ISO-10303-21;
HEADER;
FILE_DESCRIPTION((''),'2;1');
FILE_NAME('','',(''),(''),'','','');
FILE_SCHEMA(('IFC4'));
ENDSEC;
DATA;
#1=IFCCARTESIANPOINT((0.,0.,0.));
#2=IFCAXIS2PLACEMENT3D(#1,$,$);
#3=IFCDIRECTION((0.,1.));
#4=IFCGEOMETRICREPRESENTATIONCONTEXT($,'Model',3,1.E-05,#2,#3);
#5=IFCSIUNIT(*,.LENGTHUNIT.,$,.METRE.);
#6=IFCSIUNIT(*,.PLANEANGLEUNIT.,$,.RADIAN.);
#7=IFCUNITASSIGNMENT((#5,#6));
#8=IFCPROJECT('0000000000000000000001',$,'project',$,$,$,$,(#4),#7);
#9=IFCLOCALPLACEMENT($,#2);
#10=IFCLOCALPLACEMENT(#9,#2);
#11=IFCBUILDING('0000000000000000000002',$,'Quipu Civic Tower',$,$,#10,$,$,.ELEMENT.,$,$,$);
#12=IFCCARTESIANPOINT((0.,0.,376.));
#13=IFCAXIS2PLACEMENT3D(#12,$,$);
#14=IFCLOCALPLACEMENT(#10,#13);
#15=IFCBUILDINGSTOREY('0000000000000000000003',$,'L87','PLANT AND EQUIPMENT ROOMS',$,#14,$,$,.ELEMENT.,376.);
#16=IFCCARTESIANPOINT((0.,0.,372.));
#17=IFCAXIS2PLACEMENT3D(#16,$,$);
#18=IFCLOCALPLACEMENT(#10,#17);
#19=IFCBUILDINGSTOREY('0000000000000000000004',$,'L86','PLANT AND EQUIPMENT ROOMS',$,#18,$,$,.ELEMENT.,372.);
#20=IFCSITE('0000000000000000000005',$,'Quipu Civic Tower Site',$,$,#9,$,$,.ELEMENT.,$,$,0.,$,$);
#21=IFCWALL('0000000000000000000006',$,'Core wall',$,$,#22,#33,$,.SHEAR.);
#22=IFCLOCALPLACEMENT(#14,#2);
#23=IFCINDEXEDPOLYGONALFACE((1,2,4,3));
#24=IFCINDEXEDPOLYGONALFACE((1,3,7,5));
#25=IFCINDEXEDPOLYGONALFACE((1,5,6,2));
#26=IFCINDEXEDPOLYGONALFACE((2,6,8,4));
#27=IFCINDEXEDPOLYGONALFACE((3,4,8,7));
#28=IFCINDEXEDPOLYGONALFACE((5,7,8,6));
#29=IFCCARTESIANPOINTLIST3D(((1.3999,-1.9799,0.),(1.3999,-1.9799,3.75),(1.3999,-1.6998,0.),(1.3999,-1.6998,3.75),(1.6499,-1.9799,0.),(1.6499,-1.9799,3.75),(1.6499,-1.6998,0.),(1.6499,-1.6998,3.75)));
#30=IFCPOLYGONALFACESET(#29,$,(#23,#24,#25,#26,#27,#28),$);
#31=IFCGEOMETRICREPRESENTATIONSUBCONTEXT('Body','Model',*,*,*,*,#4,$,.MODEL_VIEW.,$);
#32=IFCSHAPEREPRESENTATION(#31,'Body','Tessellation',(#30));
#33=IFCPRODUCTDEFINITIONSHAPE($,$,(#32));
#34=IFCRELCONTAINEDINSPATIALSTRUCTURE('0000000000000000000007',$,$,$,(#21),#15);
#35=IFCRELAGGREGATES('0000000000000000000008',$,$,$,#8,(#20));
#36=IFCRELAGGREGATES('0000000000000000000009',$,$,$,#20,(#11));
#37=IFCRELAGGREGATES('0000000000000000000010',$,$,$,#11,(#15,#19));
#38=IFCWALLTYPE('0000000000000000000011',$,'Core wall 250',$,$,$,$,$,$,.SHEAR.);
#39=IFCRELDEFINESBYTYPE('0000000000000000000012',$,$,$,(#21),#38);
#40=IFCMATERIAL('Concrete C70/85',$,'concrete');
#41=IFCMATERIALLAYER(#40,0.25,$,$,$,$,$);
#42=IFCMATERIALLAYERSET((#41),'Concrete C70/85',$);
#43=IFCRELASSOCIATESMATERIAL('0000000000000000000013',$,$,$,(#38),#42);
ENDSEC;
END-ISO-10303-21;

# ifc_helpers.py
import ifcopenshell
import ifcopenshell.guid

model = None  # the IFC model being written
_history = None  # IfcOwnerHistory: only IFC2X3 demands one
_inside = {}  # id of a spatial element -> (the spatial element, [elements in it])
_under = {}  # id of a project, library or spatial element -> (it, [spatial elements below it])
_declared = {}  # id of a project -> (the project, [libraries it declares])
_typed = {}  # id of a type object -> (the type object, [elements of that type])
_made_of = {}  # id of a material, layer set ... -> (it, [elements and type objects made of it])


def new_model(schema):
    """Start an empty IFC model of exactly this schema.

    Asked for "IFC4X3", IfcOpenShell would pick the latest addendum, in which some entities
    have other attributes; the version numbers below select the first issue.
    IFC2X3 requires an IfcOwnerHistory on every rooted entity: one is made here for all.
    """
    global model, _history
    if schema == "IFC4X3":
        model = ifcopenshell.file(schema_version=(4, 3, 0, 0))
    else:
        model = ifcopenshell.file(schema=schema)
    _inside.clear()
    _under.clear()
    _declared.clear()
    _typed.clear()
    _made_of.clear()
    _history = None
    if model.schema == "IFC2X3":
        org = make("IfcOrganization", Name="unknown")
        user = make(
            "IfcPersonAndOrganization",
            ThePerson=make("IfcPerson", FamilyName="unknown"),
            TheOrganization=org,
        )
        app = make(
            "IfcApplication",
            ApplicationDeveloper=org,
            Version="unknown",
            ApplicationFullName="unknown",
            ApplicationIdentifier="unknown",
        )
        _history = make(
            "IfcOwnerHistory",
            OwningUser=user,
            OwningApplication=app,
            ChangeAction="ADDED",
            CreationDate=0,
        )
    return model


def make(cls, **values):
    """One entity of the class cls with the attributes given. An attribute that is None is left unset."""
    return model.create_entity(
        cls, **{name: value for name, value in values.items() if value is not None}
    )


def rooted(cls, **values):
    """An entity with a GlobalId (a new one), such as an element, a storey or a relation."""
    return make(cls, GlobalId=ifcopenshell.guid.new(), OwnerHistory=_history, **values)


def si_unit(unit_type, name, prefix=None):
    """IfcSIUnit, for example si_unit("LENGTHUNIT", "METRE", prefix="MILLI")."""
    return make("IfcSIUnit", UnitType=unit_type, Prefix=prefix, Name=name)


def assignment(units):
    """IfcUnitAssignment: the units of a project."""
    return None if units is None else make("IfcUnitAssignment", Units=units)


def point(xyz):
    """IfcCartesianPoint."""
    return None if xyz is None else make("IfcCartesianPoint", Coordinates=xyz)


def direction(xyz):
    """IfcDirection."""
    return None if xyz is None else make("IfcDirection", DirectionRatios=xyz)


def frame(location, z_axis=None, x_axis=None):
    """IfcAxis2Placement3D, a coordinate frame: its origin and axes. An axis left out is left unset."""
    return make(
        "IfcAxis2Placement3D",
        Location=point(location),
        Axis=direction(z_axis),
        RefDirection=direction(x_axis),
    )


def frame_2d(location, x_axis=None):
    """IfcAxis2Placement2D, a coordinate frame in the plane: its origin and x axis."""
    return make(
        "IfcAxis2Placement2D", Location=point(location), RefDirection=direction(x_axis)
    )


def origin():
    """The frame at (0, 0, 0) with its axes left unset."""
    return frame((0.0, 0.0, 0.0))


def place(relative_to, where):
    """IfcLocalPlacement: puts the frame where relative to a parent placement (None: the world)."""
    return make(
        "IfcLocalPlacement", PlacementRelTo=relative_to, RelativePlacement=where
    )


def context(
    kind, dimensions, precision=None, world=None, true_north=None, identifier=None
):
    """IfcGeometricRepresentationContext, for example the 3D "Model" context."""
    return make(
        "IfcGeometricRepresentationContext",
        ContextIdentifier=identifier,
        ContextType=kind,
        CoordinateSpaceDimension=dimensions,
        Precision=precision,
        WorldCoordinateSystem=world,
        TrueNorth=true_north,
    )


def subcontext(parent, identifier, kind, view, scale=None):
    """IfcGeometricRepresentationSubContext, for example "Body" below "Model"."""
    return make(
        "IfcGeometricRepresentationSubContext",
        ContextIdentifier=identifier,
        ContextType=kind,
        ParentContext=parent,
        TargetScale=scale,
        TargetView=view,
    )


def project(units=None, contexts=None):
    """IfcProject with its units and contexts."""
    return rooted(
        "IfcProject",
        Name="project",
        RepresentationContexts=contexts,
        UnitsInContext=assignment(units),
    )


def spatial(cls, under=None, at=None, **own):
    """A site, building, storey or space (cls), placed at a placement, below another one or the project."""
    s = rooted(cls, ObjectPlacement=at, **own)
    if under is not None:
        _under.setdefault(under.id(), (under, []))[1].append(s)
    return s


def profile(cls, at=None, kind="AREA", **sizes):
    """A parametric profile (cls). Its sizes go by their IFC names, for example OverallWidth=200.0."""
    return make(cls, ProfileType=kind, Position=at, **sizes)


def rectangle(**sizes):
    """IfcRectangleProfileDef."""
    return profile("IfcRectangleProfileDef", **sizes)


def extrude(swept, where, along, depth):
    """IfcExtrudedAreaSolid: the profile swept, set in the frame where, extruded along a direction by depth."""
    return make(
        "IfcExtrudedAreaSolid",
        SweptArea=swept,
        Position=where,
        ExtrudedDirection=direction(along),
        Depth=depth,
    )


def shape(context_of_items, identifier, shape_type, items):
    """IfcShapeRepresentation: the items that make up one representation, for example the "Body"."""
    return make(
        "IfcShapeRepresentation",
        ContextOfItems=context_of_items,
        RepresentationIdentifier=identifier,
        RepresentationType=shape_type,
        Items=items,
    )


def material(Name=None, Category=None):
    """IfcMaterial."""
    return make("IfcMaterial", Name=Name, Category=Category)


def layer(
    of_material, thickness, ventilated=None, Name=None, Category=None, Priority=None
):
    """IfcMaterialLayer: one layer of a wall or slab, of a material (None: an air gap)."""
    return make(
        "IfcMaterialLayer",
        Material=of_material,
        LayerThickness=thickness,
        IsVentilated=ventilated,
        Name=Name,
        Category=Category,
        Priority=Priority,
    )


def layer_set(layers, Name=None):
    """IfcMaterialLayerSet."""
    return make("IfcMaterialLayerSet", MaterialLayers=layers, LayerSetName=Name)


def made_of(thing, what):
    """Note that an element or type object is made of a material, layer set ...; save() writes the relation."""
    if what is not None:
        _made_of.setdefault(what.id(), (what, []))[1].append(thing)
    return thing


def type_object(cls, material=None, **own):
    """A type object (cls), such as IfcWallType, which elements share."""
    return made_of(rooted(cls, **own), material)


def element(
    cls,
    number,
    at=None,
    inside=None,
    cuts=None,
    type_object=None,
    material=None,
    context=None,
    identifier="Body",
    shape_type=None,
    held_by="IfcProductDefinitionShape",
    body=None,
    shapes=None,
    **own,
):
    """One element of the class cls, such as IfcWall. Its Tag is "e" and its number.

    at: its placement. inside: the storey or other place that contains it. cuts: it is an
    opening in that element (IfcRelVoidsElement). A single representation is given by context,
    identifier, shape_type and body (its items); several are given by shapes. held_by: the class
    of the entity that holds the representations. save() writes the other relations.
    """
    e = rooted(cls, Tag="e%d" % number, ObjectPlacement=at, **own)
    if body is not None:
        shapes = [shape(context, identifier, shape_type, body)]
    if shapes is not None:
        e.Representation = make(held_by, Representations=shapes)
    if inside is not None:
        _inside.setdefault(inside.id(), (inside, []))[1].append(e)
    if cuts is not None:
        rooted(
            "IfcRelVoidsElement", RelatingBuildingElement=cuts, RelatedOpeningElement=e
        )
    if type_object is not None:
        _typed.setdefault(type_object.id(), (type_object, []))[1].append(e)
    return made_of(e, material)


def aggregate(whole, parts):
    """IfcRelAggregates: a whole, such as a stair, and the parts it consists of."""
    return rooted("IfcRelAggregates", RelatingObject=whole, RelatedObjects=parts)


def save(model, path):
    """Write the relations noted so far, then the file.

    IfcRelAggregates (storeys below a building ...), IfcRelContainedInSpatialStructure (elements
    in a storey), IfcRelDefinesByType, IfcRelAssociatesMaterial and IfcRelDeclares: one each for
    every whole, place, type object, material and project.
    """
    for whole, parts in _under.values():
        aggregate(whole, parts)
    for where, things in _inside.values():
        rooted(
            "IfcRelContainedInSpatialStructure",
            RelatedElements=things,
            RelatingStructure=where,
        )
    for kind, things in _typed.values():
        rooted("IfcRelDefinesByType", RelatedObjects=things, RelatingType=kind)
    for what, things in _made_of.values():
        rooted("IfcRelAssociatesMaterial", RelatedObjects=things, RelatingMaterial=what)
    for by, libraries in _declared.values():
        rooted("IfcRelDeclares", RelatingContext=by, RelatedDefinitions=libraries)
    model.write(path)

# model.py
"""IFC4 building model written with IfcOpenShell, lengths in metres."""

from ifc_helpers import new_model, si_unit, direction, frame, frame_2d, origin, place, context, subcontext, project, spatial, rectangle, extrude, material, layer, layer_set, type_object, element, save


model = new_model("IFC4")

# Units and contexts
model_context = context("Model", 3, precision=1e-05, world=origin(), true_north=direction((0.0, 1.0)))
body_context = subcontext(model_context, "Body", "Model", "MODEL_VIEW")
ifc_project = project(units=[si_unit("LENGTHUNIT", "METRE"), si_unit("PLANEANGLEUNIT", "RADIAN")], contexts=[model_context])

# Site, building, storey
site_placement = place(None, origin())
site = spatial("IfcSite", under=ifc_project, at=site_placement, Name="Quipu Civic Tower Site", CompositionType="ELEMENT", RefElevation=0.0)
building_placement = place(site_placement, origin())
building = spatial("IfcBuilding", under=site, at=building_placement, Name="Quipu Civic Tower", CompositionType="ELEMENT")
storey_1_placement = place(building_placement, frame((0.0, 0.0, 376.0)))
storey_1 = spatial("IfcBuildingStorey", under=building, at=storey_1_placement, Name="L87", Description="PLANT AND EQUIPMENT ROOMS", CompositionType="ELEMENT", Elevation=376.0)

# Shared definitions
storey_2_placement = place(building_placement, frame((0.0, 0.0, 372.0)))
storey_2 = spatial("IfcBuildingStorey", under=building, at=storey_2_placement, Name="L86", Description="PLANT AND EQUIPMENT ROOMS", CompositionType="ELEMENT", Elevation=372.0)

# Shared definitions
ifc_material_1 = material(Name="Concrete C70/85", Category="concrete")
ifc_layer_1 = layer(ifc_material_1, 0.25)
ifc_layer_set_1 = layer_set([ifc_layer_1], Name="Concrete C70/85")
wall_type_1 = type_object("IfcWallType", Name="Core wall 250", PredefinedType="SHEAR", material=ifc_layer_set_1)

# Wall
wall_1_placement = place(storey_1_placement, frame((1.5249, -1.98, 0.0), z_axis=(0.0, 0.0, 1.0), x_axis=(0.0, 1.0, 0.0)))
element("IfcWall", 1, at=wall_1_placement, inside=storey_1, type_object=wall_type_1, Name="Core wall", PredefinedType="SHEAR", context=body_context, shape_type="SweptSolid", body=[
    extrude(rectangle(XDim=0.28, YDim=0.25, at=frame_2d((0.1401, 0.0))), origin(), (0.0, 0.0, 1.0), 3.75),
])

save(model, "model.ifc")
